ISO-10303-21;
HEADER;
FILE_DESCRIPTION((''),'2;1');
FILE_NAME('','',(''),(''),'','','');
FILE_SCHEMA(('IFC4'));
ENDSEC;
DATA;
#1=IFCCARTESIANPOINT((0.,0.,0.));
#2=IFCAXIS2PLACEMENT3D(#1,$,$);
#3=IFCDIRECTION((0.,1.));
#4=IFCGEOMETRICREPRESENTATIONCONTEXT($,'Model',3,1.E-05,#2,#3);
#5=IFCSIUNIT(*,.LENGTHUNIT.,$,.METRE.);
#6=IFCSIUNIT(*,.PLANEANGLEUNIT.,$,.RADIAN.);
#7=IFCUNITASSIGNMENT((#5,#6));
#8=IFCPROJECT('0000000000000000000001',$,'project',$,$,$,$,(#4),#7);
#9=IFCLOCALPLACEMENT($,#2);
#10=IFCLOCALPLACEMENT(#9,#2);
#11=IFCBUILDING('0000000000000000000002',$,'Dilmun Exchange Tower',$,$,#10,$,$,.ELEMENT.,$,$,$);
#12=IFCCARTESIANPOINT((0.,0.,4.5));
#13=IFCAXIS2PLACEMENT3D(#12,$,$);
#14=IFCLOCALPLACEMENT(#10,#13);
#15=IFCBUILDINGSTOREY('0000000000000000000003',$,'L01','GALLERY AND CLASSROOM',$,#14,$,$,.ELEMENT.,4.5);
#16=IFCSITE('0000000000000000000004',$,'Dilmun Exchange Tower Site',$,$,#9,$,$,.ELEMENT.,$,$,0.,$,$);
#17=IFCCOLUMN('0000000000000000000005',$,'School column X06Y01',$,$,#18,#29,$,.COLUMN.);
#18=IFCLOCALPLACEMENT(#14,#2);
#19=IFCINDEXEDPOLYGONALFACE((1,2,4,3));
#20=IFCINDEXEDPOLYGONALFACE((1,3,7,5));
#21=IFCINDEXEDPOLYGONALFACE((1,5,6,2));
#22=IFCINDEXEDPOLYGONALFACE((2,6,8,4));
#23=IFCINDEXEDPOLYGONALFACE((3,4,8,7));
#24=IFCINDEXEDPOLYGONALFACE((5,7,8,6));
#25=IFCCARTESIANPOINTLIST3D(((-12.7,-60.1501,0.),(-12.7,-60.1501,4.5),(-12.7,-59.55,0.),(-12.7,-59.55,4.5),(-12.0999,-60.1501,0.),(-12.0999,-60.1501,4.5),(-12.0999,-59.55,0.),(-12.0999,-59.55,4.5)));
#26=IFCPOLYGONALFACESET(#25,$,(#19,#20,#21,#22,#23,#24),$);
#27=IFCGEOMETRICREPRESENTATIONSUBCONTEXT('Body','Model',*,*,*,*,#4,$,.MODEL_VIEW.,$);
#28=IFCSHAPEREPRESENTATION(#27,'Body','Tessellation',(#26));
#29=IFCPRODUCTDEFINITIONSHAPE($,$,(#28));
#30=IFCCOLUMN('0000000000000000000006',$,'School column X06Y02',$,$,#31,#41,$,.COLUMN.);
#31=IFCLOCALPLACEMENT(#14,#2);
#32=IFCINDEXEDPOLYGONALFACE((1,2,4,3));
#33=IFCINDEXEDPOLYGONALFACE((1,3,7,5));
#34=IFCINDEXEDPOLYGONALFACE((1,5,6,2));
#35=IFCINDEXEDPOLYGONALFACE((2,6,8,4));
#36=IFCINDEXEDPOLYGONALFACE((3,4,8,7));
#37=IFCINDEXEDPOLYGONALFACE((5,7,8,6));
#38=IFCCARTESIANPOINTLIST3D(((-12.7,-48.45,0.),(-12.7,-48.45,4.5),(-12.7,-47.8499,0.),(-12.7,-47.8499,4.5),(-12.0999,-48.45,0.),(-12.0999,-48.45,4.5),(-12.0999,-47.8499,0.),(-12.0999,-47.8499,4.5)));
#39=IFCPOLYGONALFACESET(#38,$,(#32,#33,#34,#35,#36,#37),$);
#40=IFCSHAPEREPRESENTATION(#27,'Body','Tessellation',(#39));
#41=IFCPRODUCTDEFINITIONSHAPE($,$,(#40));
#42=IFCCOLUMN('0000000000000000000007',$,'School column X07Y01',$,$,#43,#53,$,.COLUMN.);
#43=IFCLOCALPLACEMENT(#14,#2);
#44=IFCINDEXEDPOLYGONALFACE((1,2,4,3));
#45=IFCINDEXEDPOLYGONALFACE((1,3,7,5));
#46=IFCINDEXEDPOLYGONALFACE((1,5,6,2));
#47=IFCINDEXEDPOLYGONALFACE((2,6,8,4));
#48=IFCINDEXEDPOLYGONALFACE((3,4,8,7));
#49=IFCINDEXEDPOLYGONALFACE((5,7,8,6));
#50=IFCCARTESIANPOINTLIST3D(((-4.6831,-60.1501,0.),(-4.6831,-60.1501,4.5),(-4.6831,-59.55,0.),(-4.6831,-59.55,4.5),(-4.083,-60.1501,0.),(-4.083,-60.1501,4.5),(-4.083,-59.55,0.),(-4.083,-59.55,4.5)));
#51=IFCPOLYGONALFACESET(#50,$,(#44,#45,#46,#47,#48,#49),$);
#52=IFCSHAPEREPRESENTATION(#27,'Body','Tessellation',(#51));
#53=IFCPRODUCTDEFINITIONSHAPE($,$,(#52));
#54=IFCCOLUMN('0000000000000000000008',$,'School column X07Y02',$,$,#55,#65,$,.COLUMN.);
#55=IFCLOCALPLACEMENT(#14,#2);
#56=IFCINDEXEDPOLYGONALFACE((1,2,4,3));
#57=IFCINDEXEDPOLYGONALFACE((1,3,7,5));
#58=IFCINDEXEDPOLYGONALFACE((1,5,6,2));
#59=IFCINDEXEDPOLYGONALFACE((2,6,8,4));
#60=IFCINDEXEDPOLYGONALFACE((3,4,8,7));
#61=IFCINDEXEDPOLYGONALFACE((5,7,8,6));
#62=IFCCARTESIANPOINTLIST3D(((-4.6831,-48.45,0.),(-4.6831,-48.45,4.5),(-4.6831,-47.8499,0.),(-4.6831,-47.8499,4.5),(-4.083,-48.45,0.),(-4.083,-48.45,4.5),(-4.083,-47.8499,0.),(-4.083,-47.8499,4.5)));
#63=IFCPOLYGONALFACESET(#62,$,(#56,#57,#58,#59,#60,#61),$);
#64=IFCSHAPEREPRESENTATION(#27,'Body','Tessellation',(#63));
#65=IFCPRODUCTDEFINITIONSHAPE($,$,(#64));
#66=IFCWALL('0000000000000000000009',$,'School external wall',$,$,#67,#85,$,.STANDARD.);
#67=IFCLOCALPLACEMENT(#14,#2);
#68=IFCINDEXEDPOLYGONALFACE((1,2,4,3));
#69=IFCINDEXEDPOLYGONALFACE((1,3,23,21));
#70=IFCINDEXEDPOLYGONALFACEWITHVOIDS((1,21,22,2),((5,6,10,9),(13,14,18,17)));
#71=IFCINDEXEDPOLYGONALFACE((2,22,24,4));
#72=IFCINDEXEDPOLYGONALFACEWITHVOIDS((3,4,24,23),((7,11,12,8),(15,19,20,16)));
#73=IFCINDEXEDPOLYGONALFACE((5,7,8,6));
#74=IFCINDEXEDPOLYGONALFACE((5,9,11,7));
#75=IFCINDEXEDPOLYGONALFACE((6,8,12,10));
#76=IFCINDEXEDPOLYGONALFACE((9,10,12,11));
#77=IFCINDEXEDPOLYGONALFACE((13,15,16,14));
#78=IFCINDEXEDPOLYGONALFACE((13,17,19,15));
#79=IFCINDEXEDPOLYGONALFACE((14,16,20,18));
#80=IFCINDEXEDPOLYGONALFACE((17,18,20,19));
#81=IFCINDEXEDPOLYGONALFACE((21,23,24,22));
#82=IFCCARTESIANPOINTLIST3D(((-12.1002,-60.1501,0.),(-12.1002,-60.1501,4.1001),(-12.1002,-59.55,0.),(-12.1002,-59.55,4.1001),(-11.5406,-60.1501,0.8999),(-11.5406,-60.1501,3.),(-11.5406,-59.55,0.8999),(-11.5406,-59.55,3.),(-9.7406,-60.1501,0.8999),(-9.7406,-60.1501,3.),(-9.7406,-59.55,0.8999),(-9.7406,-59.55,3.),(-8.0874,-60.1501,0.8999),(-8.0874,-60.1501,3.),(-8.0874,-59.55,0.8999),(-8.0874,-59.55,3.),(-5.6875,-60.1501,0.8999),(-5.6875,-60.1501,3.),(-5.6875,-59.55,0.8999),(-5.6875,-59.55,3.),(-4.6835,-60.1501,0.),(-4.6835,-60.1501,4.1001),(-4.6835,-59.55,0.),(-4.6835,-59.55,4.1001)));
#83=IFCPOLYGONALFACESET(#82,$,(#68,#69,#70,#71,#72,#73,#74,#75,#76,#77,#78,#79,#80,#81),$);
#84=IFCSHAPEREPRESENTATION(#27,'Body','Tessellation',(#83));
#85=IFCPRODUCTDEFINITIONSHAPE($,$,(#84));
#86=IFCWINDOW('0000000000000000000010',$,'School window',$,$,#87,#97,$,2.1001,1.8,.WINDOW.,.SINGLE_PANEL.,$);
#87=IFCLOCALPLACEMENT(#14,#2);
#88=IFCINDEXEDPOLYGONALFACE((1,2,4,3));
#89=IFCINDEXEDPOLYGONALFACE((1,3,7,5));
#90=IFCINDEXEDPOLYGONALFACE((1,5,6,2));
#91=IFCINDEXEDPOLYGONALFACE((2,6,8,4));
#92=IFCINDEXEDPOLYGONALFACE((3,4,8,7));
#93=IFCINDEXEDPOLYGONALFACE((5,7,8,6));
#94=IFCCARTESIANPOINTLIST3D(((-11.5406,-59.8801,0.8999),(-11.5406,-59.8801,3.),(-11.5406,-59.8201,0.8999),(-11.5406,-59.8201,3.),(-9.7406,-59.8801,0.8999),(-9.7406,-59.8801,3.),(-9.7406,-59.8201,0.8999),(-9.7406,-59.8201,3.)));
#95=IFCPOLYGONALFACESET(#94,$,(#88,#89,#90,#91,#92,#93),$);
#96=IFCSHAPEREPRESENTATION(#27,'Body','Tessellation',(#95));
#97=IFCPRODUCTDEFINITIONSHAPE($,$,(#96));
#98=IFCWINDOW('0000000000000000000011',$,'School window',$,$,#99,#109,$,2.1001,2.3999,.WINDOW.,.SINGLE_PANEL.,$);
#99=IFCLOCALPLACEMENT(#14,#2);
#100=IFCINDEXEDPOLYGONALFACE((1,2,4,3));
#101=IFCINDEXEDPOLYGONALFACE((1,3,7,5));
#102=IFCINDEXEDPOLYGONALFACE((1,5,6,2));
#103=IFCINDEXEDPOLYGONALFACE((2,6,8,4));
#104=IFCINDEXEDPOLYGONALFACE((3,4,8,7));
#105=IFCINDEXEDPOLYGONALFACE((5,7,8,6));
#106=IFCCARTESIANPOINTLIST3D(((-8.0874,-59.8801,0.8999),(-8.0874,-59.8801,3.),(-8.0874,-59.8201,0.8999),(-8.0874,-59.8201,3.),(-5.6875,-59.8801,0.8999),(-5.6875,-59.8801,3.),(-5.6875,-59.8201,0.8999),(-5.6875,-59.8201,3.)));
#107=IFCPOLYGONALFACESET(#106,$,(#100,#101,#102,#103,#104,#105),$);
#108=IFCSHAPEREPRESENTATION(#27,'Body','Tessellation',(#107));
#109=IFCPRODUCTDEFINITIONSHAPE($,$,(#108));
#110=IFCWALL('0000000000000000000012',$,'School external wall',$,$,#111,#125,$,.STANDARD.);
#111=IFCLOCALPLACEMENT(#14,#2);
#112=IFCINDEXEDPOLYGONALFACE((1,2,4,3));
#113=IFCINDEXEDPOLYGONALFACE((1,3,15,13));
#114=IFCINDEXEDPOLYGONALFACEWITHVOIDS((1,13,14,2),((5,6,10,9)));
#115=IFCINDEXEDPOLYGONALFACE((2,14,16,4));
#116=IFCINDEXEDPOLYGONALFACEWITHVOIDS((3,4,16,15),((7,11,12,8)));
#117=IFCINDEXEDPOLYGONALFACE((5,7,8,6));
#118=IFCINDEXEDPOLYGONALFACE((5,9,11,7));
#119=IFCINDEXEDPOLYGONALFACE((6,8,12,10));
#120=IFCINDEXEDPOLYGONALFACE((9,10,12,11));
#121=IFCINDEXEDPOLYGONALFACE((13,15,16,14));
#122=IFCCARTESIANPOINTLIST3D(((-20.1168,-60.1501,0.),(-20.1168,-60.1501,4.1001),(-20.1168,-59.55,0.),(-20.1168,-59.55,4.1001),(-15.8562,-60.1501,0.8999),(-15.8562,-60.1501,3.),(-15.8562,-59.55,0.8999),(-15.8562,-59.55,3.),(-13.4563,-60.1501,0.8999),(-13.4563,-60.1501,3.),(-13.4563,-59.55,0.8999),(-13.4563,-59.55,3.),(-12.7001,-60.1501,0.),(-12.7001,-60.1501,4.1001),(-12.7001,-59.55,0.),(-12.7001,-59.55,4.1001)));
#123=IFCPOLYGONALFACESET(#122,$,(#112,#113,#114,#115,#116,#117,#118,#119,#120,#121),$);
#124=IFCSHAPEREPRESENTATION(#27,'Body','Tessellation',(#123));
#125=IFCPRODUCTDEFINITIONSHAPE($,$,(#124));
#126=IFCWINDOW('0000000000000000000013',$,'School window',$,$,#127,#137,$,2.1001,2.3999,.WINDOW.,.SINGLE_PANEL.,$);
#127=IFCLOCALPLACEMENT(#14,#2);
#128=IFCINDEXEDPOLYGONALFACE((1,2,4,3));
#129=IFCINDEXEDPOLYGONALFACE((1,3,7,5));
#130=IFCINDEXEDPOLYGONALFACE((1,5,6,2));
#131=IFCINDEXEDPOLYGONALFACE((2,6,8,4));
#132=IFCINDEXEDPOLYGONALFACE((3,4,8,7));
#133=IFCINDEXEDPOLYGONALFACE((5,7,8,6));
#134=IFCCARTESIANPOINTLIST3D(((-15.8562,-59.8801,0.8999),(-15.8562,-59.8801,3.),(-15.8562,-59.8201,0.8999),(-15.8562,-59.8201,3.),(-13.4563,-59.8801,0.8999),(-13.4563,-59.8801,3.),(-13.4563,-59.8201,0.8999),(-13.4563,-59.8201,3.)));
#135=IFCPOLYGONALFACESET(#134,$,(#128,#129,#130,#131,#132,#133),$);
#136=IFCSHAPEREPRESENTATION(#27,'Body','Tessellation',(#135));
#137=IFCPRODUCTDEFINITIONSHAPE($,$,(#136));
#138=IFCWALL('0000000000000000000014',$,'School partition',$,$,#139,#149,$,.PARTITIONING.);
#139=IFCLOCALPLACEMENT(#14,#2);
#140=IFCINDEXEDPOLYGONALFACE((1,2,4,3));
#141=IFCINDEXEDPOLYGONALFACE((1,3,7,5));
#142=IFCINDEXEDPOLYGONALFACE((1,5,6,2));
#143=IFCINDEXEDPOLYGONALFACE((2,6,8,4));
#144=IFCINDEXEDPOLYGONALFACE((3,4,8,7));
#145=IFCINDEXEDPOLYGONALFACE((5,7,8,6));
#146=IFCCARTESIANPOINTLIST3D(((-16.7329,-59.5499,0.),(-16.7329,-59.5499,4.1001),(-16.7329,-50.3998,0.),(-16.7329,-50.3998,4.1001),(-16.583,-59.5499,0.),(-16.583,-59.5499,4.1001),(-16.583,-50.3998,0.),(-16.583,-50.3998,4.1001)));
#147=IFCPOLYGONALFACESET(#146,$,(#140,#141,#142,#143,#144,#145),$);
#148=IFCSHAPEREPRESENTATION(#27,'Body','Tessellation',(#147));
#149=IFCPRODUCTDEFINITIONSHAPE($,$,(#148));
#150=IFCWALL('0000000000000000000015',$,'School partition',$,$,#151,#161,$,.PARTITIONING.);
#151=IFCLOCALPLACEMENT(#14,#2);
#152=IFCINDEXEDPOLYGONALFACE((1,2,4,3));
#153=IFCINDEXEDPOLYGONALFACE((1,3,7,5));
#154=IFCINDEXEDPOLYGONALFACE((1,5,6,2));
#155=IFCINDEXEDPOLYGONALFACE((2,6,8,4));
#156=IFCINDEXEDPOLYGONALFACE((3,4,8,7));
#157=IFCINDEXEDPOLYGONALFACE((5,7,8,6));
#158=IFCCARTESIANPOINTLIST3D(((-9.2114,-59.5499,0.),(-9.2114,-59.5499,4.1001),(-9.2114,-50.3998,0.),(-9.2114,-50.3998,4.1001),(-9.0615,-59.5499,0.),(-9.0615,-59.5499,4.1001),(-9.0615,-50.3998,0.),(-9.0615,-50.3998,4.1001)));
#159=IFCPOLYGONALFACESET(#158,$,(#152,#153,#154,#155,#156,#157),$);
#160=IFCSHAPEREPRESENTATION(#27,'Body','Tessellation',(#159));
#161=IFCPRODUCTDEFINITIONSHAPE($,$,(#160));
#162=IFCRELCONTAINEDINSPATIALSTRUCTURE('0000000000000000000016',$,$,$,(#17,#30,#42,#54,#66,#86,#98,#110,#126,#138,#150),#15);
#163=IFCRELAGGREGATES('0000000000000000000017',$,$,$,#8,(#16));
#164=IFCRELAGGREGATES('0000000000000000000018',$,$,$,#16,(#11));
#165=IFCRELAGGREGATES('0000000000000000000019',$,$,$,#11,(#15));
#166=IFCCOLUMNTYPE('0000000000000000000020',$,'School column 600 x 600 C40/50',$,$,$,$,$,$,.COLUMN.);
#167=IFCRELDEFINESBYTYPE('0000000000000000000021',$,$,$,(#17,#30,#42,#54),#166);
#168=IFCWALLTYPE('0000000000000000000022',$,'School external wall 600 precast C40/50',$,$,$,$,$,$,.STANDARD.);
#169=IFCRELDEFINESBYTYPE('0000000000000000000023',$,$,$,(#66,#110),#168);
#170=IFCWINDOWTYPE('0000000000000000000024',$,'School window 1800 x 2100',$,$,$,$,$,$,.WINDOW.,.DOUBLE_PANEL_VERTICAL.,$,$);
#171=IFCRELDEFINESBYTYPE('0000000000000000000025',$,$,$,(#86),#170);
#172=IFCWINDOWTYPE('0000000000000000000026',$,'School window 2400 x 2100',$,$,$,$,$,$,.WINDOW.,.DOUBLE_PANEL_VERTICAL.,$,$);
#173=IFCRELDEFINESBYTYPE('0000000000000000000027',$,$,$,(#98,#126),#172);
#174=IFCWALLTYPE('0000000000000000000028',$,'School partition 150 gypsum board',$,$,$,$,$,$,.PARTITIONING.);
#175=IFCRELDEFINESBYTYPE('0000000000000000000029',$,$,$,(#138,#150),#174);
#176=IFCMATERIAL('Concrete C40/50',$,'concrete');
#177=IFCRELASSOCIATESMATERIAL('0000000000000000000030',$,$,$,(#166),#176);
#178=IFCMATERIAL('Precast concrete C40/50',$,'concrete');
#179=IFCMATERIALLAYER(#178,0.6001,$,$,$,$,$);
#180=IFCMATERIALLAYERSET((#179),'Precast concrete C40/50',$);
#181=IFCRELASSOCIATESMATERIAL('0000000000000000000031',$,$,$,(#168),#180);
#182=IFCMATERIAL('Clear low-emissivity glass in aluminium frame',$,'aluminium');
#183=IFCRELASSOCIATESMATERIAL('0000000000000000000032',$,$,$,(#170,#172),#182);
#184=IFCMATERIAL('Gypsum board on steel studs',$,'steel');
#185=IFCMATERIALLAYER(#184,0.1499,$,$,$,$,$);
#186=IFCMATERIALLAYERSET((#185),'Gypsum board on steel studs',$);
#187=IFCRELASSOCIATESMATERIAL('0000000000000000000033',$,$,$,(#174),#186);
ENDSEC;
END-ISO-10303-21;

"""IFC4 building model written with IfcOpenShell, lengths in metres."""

from ifc_helpers import new_model, si_unit, direction, frame, frame_2d, origin, origin_2d, place, context, subcontext, project, spatial, rectangle, extrude, material, layer, layer_set, material_profile, profile_set, type_object, element, fill, save


model = new_model("IFC4")

# Units and contexts
model_context = context("Model", 3, precision=1e-05, world=origin(), true_north=direction((0.0, 1.0)))
body_context = subcontext(model_context, "Body", "Model", "MODEL_VIEW")
ifc_project = project(units=[si_unit("LENGTHUNIT", "METRE"), si_unit("PLANEANGLEUNIT", "RADIAN")], contexts=[model_context])

# Site, building, storey
site_placement = place(None, origin())
site = spatial("IfcSite", under=ifc_project, at=site_placement, Name="Dilmun Exchange Tower Site", CompositionType="ELEMENT", RefElevation=0.0)
building_placement = place(site_placement, origin())
building = spatial("IfcBuilding", under=site, at=building_placement, Name="Dilmun Exchange Tower", CompositionType="ELEMENT")
storey_placement = place(building_placement, frame((0.0, 0.0, 4.5)))
storey = spatial("IfcBuildingStorey", under=building, at=storey_placement, Name="L01", Description="GALLERY AND CLASSROOM", CompositionType="ELEMENT", Elevation=4.5)

# Columns
ifc_material_1 = material(Name="Concrete C40/50", Category="concrete")
ifc_material_profile = material_profile(ifc_material_1, rectangle(XDim=0.6001, YDim=0.6001, at=origin_2d()), Name="600 x 600")
ifc_profile_set = profile_set([ifc_material_profile], Name="Concrete C40/50")
column_type = type_object("IfcColumnType", Name="School column 600 x 600 C40/50", PredefinedType="COLUMN", material=ifc_profile_set)
for number, where, z_axis, x_axis, name in (
    (1, (-12.3999, -59.8501, 0.0), (0.0, 0.0, 1.0), (1.0, 0.0, 0.0), "School column X06Y01"),
    (2, (-12.3999, -48.1499, 0.0), (0.0, 0.0, 1.0), (1.0, 0.0, 0.0), "School column X06Y02"),
    (3, (-4.3831, -59.8501, 0.0), (0.0, 0.0, 1.0), (1.0, 0.0, 0.0), "School column X07Y01"),
    (4, (-4.3831, -48.1499, 0.0), (0.0, 0.0, 1.0), (1.0, 0.0, 0.0), "School column X07Y02"),
):
    element("IfcColumn", number, at=place(storey_placement, frame(where, z_axis=z_axis, x_axis=x_axis)), inside=storey, type_object=column_type, Name=name, PredefinedType="COLUMN", context=body_context, shape_type="SweptSolid", body=[
        extrude(rectangle(XDim=0.6001, YDim=0.6001, at=origin_2d()), origin(), (0.0, 0.0, 1.0), 4.5),
    ])

# Wall, openings, windows
ifc_material_2 = material(Name="Precast concrete C40/50", Category="concrete")
ifc_layer_1 = layer(ifc_material_2, 0.6001)
ifc_layer_set_1 = layer_set([ifc_layer_1], Name="Precast concrete C40/50")
wall_type_1 = type_object("IfcWallType", Name="School external wall 600 precast C40/50", PredefinedType="STANDARD", material=ifc_layer_set_1)
wall_1_placement = place(storey_placement, frame((-4.6833, -59.8501, 0.0), z_axis=(0.0, 0.0, 1.0), x_axis=(-1.0, 0.0, 0.0)))
wall_1 = element("IfcWall", 5, at=wall_1_placement, inside=storey, type_object=wall_type_1, Name="School external wall", PredefinedType="STANDARD", context=body_context, shape_type="SweptSolid", body=[
    extrude(rectangle(XDim=7.4167, YDim=0.6001, at=frame_2d((3.7085, 0.0))), origin(), (0.0, 0.0, 1.0), 4.1001),
])
opening_1_placement = place(wall_1_placement, frame((5.0574, 0.0, 0.8999)))
opening_1 = element("IfcOpeningElement", 6, at=opening_1_placement, cuts=wall_1, PredefinedType="OPENING", context=body_context, shape_type="SweptSolid", body=[
    extrude(rectangle(XDim=1.8, YDim=2.1001, at=frame_2d((0.8999, 1.05))), frame((0.0, 0.3101, 0.0), z_axis=(0.0, -1.0, 0.0), x_axis=(1.0, 0.0, 0.0)), (0.0, 0.0, 1.0), 0.6201),
])
opening_2_placement = place(wall_1_placement, frame((1.0042, 0.0, 0.8999)))
opening_2 = element("IfcOpeningElement", 7, at=opening_2_placement, cuts=wall_1, PredefinedType="OPENING", context=body_context, shape_type="SweptSolid", body=[
    extrude(rectangle(XDim=2.3999, YDim=2.1001, at=frame_2d((1.2, 1.05))), frame((0.0, 0.3101, 0.0), z_axis=(0.0, -1.0, 0.0), x_axis=(1.0, 0.0, 0.0)), (0.0, 0.0, 1.0), 0.6201),
])
ifc_material_3 = material(Name="Clear low-emissivity glass in aluminium frame", Category="aluminium")
window_type_1 = type_object("IfcWindowType", Name="School window 1800 x 2100", PartitioningType="DOUBLE_PANEL_VERTICAL", PredefinedType="WINDOW", material=ifc_material_3)
window_1_placement = place(opening_1_placement, origin())
window_1 = element("IfcWindow", 8, at=window_1_placement, inside=storey, type_object=window_type_1, Name="School window", OverallHeight=2.1001, OverallWidth=1.8, PartitioningType="SINGLE_PANEL", PredefinedType="WINDOW", context=body_context, shape_type="SweptSolid", body=[
    extrude(rectangle(XDim=1.8, YDim=2.1001, at=frame_2d((0.8999, 1.05))), frame((0.0, 0.03, 0.0), z_axis=(0.0, -1.0, 0.0), x_axis=(1.0, 0.0, 0.0)), (0.0, 0.0, 1.0), 0.0601),
])
fill(opening_1, window_1)
window_type_2 = type_object("IfcWindowType", Name="School window 2400 x 2100", PartitioningType="DOUBLE_PANEL_VERTICAL", PredefinedType="WINDOW", material=ifc_material_3)
window_2_placement = place(opening_2_placement, origin())
window_2 = element("IfcWindow", 9, at=window_2_placement, inside=storey, type_object=window_type_2, Name="School window", OverallHeight=2.1001, OverallWidth=2.3999, PartitioningType="SINGLE_PANEL", PredefinedType="WINDOW", context=body_context, shape_type="SweptSolid", body=[
    extrude(rectangle(XDim=2.3999, YDim=2.1001, at=frame_2d((1.2, 1.05))), frame((0.0, 0.03, 0.0), z_axis=(0.0, -1.0, 0.0), x_axis=(1.0, 0.0, 0.0)), (0.0, 0.0, 1.0), 0.0601),
])
fill(opening_2, window_2)

# Wall, opening, window
wall_2_placement = place(storey_placement, frame((-12.7, -59.8501, 0.0), z_axis=(0.0, 0.0, 1.0), x_axis=(-1.0, 0.0, 0.0)))
wall_2 = element("IfcWall", 10, at=wall_2_placement, inside=storey, type_object=wall_type_1, Name="School external wall", PredefinedType="STANDARD", context=body_context, shape_type="SweptSolid", body=[
    extrude(rectangle(XDim=7.4167, YDim=0.6001, at=frame_2d((3.7085, 0.0))), origin(), (0.0, 0.0, 1.0), 4.1001),
])
opening_3_placement = place(wall_2_placement, frame((0.7563, 0.0, 0.8999)))
opening_3 = element("IfcOpeningElement", 11, at=opening_3_placement, cuts=wall_2, PredefinedType="OPENING", context=body_context, shape_type="SweptSolid", body=[
    extrude(rectangle(XDim=2.3999, YDim=2.1001, at=frame_2d((1.2, 1.05))), frame((0.0, 0.3101, 0.0), z_axis=(0.0, -1.0, 0.0), x_axis=(1.0, 0.0, 0.0)), (0.0, 0.0, 1.0), 0.6201),
])
window_3_placement = place(opening_3_placement, origin())
window_3 = element("IfcWindow", 12, at=window_3_placement, inside=storey, type_object=window_type_2, Name="School window", OverallHeight=2.1001, OverallWidth=2.3999, PartitioningType="SINGLE_PANEL", PredefinedType="WINDOW", context=body_context, shape_type="SweptSolid", body=[
    extrude(rectangle(XDim=2.3999, YDim=2.1001, at=frame_2d((1.2, 1.05))), frame((0.0, 0.03, 0.0), z_axis=(0.0, -1.0, 0.0), x_axis=(1.0, 0.0, 0.0)), (0.0, 0.0, 1.0), 0.0601),
])
fill(opening_3, window_3)

# Walls
ifc_material_4 = material(Name="Gypsum board on steel studs", Category="steel")
ifc_layer_2 = layer(ifc_material_4, 0.1499)
ifc_layer_set_2 = layer_set([ifc_layer_2], Name="Gypsum board on steel studs")
wall_type_2 = type_object("IfcWallType", Name="School partition 150 gypsum board", PredefinedType="PARTITIONING", material=ifc_layer_set_2)
for number, where, z_axis, x_axis, name in (
    (13, (-16.658, -59.55, 0.0), (0.0, 0.0, 1.0), (0.0, 1.0, 0.0), "School partition"),
    (14, (-9.1365, -59.55, 0.0), (0.0, 0.0, 1.0), (0.0, 1.0, 0.0), "School partition"),
):
    element("IfcWall", number, at=place(storey_placement, frame(where, z_axis=z_axis, x_axis=x_axis)), inside=storey, type_object=wall_type_2, Name=name, PredefinedType="PARTITIONING", context=body_context, shape_type="SweptSolid", body=[
        extrude(rectangle(XDim=9.1501, YDim=0.1499, at=frame_2d((4.5752, 0.0))), origin(), (0.0, 0.0, 1.0), 4.1001),
    ])

save(model, "model.ifc")
